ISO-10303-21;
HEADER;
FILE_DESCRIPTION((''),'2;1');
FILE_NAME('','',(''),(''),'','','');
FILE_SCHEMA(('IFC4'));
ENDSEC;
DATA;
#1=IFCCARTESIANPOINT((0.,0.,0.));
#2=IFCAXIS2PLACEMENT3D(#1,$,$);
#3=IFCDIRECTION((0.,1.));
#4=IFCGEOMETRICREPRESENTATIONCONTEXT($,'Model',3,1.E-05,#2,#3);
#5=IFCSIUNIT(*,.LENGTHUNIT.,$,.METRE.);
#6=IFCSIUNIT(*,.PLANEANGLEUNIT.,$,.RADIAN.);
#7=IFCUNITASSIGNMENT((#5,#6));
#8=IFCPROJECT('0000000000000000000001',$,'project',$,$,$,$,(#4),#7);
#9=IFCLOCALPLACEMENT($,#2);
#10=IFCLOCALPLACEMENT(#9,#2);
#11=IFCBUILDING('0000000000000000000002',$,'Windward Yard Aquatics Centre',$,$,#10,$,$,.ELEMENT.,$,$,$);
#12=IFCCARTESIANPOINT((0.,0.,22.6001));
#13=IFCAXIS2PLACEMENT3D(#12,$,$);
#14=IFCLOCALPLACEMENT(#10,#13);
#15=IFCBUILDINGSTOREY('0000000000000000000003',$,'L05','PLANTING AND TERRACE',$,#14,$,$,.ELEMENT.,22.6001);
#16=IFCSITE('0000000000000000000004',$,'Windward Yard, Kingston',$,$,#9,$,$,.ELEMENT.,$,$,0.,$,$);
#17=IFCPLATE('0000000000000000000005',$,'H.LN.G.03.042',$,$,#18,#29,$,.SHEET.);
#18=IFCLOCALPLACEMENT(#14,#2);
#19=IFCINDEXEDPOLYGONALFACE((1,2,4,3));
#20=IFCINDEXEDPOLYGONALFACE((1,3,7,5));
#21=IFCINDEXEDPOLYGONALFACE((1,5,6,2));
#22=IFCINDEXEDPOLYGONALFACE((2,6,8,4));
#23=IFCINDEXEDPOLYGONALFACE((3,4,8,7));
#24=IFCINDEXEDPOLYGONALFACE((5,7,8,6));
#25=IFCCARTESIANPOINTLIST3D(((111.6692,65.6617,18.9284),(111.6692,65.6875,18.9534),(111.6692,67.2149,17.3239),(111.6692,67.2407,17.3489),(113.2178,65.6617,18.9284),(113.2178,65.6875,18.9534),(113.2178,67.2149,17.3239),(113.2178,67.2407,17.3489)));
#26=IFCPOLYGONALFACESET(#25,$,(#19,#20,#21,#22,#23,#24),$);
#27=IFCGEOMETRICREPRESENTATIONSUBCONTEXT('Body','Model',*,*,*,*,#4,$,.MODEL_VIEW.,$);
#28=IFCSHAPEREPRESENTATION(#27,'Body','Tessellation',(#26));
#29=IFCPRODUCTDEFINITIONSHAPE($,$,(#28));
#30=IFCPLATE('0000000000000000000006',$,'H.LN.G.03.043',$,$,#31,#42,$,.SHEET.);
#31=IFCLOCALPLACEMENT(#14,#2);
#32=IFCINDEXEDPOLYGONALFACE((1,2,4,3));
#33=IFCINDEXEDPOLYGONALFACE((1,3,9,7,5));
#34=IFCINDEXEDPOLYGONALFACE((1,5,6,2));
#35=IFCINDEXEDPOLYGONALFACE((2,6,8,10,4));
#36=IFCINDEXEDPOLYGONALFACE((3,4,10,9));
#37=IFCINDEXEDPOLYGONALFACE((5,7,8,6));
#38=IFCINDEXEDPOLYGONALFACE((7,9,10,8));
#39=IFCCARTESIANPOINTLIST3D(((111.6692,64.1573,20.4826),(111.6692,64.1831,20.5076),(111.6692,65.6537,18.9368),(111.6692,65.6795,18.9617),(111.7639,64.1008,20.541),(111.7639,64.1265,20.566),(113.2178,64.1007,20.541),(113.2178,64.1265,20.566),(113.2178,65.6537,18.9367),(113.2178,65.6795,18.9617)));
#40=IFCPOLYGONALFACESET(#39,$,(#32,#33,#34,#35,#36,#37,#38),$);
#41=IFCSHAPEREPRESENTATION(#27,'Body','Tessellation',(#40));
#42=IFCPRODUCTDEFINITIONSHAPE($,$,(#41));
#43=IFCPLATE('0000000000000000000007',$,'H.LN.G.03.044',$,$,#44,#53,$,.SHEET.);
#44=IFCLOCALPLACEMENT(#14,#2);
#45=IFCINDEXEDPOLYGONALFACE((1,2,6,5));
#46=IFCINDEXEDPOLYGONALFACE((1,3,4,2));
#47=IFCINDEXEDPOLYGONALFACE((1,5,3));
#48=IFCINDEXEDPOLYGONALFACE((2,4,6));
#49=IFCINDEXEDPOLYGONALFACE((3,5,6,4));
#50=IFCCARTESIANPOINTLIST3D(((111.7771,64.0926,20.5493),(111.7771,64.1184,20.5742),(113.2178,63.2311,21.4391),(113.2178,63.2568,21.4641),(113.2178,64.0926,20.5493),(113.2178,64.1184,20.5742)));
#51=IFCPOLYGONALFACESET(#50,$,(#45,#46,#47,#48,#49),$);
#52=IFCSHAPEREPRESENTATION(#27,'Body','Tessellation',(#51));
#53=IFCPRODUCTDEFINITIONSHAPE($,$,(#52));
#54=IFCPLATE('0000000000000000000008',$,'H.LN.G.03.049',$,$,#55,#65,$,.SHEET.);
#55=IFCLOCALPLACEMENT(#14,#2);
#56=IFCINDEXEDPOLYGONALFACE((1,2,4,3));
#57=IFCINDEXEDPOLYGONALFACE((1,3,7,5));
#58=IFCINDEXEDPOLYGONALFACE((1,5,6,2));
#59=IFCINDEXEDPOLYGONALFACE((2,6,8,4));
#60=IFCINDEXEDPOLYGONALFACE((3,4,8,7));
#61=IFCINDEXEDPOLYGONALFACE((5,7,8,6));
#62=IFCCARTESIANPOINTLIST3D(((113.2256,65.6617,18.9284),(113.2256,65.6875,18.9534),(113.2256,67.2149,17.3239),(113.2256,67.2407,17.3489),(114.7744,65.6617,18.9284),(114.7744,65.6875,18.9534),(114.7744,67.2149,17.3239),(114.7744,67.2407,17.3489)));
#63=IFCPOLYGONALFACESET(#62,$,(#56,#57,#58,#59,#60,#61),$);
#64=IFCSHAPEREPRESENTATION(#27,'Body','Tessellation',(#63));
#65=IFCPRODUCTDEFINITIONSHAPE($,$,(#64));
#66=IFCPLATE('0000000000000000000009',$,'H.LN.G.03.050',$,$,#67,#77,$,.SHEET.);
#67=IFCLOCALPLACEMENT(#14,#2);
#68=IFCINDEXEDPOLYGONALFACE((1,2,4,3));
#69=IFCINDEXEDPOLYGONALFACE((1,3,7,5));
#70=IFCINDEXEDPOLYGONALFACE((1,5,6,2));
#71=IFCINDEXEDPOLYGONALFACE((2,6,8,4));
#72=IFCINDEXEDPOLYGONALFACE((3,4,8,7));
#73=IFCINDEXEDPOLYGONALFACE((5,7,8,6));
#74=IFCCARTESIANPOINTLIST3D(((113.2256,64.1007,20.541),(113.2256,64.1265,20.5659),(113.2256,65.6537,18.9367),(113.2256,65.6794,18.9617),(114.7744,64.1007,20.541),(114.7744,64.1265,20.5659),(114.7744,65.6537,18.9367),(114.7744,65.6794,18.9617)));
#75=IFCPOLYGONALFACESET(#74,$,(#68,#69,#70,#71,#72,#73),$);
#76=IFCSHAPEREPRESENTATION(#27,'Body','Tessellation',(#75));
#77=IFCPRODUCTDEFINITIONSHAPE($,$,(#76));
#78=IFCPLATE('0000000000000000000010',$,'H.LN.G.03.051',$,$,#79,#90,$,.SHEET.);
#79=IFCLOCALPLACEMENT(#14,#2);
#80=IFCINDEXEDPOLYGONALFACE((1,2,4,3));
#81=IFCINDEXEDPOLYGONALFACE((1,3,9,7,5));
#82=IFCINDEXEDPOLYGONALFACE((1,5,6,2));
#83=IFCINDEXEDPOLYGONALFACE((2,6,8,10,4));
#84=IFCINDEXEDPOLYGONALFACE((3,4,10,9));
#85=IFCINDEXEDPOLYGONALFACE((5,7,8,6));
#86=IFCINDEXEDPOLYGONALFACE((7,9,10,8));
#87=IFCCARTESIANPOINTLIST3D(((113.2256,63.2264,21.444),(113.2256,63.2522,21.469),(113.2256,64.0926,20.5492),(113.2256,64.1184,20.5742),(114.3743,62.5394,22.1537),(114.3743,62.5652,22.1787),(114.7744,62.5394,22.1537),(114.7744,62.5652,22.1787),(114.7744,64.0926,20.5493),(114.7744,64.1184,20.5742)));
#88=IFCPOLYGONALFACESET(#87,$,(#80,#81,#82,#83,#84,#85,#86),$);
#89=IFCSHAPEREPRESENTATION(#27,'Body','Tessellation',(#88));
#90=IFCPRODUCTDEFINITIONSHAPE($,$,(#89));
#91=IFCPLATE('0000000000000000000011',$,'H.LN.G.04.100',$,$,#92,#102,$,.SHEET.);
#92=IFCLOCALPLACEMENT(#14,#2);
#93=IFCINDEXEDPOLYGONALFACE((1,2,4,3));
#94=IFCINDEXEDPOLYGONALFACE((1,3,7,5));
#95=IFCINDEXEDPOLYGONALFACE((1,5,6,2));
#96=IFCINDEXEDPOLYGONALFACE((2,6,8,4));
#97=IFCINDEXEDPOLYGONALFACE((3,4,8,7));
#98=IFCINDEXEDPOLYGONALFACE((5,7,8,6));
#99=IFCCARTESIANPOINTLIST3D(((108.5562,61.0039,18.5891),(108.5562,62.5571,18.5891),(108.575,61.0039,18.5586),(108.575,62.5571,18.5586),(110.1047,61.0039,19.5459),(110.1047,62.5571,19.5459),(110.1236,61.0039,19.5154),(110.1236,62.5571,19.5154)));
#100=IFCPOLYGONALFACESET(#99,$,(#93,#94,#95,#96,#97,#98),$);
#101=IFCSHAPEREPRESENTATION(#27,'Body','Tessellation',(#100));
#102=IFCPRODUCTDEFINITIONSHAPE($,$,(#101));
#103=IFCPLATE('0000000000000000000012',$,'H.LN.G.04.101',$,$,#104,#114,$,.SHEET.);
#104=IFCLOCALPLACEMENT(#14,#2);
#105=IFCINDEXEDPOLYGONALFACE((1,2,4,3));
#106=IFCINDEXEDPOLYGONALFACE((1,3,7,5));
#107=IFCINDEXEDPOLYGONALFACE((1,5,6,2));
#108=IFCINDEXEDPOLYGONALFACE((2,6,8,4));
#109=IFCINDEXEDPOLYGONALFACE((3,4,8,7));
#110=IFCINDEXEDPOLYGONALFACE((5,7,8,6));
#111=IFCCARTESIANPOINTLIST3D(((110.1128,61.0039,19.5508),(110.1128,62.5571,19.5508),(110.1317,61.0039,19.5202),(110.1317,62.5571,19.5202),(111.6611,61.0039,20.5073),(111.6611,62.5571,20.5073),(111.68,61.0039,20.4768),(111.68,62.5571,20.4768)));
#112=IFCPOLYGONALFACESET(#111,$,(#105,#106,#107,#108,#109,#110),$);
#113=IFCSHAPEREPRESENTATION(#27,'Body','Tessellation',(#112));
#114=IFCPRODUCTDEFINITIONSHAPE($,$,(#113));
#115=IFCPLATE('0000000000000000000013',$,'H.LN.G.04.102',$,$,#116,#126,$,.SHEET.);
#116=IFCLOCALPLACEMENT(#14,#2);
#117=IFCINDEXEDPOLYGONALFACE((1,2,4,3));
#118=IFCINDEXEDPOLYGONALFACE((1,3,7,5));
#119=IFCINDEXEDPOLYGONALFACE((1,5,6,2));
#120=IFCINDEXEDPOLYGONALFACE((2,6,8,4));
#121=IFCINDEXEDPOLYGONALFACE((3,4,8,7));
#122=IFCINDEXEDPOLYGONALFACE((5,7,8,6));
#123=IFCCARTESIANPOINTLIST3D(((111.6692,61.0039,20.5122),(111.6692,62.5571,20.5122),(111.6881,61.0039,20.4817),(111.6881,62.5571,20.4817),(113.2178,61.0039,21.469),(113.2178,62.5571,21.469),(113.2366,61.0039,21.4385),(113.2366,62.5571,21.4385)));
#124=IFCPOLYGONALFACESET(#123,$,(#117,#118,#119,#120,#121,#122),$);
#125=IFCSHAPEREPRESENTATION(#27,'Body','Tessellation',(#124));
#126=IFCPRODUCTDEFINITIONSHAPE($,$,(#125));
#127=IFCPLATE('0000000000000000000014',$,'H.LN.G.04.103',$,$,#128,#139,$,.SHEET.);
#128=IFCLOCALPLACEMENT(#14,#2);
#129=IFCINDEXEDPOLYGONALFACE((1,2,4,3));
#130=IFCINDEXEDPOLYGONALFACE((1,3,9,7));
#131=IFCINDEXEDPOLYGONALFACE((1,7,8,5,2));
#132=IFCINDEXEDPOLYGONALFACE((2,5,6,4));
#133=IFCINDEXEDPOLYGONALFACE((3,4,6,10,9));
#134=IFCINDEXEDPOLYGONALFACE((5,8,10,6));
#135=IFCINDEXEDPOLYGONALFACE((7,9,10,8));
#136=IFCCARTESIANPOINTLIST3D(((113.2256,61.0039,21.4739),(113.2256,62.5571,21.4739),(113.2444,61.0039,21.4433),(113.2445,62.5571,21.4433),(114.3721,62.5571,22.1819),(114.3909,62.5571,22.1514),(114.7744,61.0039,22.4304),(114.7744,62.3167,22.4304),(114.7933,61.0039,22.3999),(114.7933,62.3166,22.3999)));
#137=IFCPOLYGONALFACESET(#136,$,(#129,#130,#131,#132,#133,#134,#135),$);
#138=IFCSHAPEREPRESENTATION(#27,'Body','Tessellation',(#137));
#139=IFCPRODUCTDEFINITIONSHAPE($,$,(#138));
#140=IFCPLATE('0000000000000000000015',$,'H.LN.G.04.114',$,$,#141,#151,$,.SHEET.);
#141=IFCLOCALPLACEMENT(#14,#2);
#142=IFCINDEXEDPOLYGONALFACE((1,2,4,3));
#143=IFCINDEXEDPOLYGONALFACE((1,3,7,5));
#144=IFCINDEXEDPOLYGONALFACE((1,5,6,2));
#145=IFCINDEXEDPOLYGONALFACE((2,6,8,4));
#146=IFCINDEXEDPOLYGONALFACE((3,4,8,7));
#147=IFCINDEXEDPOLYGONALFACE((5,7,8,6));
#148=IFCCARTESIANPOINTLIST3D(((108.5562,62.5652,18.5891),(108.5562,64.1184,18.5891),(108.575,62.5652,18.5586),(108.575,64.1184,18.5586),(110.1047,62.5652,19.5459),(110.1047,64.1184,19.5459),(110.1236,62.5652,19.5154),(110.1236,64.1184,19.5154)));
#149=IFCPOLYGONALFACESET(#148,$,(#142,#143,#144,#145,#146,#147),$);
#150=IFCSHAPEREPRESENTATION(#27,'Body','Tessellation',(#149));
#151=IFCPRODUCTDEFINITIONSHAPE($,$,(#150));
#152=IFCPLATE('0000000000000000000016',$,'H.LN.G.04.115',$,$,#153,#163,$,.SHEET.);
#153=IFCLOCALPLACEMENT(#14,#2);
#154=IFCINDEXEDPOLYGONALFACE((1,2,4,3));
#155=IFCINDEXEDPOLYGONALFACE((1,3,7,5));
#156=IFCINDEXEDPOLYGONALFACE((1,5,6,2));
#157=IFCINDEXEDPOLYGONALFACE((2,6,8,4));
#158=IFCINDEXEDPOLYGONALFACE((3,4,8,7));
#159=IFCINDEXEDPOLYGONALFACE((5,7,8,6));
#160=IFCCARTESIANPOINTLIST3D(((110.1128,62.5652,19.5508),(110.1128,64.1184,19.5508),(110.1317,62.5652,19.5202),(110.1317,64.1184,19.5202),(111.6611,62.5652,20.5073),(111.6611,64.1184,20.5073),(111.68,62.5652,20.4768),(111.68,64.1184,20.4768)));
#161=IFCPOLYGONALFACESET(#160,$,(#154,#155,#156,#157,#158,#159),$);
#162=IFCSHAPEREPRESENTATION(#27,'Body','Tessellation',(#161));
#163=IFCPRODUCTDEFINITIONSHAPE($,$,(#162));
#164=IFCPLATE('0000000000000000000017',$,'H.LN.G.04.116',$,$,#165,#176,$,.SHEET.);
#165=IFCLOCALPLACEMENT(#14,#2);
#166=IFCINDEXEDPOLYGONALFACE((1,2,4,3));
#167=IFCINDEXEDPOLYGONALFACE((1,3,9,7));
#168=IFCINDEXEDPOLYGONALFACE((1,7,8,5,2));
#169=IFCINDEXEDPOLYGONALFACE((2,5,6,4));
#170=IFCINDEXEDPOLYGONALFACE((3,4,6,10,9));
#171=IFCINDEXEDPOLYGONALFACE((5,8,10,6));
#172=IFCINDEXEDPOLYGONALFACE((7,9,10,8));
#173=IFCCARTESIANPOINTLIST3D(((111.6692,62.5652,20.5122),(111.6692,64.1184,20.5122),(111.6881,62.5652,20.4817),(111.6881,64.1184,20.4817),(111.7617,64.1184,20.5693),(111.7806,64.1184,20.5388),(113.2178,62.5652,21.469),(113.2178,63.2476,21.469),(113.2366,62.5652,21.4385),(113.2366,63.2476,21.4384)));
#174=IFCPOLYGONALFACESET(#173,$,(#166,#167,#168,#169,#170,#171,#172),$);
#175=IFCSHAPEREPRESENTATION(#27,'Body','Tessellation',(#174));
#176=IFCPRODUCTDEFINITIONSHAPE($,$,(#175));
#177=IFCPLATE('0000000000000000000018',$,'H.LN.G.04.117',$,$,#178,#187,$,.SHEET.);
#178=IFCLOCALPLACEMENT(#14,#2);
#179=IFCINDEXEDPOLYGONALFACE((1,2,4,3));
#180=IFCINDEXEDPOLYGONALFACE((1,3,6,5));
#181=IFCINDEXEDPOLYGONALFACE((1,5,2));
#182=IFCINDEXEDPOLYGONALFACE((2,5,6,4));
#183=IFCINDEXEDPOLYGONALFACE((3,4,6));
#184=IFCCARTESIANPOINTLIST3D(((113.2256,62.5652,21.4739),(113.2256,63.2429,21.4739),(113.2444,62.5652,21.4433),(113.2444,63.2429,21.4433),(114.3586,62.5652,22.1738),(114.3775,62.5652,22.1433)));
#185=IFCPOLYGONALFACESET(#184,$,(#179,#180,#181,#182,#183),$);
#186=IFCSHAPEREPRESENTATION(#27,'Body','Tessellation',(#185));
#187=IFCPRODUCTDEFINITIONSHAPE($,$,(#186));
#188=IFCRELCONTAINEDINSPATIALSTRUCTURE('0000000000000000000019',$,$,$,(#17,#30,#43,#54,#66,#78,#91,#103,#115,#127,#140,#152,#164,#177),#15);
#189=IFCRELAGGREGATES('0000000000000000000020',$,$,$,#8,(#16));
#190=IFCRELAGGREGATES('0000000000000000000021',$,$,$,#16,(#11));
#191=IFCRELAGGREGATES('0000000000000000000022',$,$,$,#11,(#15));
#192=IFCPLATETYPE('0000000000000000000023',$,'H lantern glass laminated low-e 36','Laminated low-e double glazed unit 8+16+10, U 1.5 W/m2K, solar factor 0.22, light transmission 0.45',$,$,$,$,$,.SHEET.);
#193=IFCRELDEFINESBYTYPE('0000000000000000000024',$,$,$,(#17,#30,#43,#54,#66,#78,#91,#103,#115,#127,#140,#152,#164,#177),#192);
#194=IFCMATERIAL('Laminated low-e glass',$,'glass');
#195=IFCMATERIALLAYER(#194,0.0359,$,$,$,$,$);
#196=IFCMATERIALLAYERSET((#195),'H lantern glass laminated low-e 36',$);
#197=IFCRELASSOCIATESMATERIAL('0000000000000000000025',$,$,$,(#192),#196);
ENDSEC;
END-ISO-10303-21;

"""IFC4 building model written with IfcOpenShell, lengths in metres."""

from ifc_helpers import new_model, si_unit, direction, frame, origin, place, context, subcontext, project, spatial, polyline, outline, extrude, material, layer, layer_set, type_object, element, save


model = new_model("IFC4")

# Units and contexts
model_context = context("Model", 3, precision=1e-05, world=origin(), true_north=direction((0.0, 1.0)))
body_context = subcontext(model_context, "Body", "Model", "MODEL_VIEW")
ifc_project = project(units=[si_unit("LENGTHUNIT", "METRE"), si_unit("PLANEANGLEUNIT", "RADIAN")], contexts=[model_context])

# Site, building, storey
site_placement = place(None, origin())
site = spatial("IfcSite", under=ifc_project, at=site_placement, Name="Windward Yard, Kingston", CompositionType="ELEMENT", RefElevation=0.0)
building_placement = place(site_placement, origin())
building = spatial("IfcBuilding", under=site, at=building_placement, Name="Windward Yard Aquatics Centre", CompositionType="ELEMENT")
storey_placement = place(building_placement, frame((0.0, 0.0, 22.6001)))
storey = spatial("IfcBuildingStorey", under=building, at=storey_placement, Name="L05", Description="PLANTING AND TERRACE", CompositionType="ELEMENT", Elevation=22.6001)

# Plates
ifc_material_1 = material(Name="Laminated low-e glass", Category="glass")
ifc_layer = layer(ifc_material_1, 0.0359)
ifc_layer_set = layer_set([ifc_layer], Name="H lantern glass laminated low-e 36")
plate_type = type_object("IfcPlateType", Name="H lantern glass laminated low-e 36", Description="Laminated low-e double glazed unit 8+16+10, U 1.5 W/m2K, solar factor 0.22, light transmission 0.45", PredefinedType="SHEET", material=ifc_layer_set)
plate_1_placement = place(storey_placement, frame((111.6692, 65.6875, 18.9534), z_axis=(0.0, 0.718493, 0.695534), x_axis=(0.0, 0.695534, -0.718493)))
element("IfcPlate", 1, at=plate_1_placement, inside=storey, type_object=plate_type, Name="H.LN.G.03.042", PredefinedType="SHEET", context=body_context, shape_type="SweptSolid", body=[
    extrude(outline(polyline([(0.0, 0.0), (2.2331, 0.0), (2.2331, -1.5486), (0.0, -1.5486), (0.0, 0.0)])), origin(), (0.0, 0.0, -1.0), 0.0359),
])
plate_2_placement = place(storey_placement, frame((111.6692, 64.1831, 20.5076), z_axis=(0.000036, 0.718496, 0.695531), x_axis=(0.0, 0.695531, -0.718496)))
element("IfcPlate", 2, at=plate_2_placement, inside=storey, type_object=plate_type, Name="H.LN.G.03.043", PredefinedType="SHEET", context=body_context, shape_type="SweptSolid", body=[
    extrude(outline(polyline([(0.0, 0.0), (2.1515, 0.0), (2.1515, -1.5486), (-0.0813, -1.5486), (-0.0813, -0.0947), (0.0, 0.0)])), origin(), (0.0, 0.0, -1.0), 0.0359),
])
plate_3_placement = place(storey_placement, frame((111.7771, 64.1184, 20.5742), z_axis=(0.0, 0.718446, 0.695582), x_axis=(1.0, 0.0, 0.0)))
element("IfcPlate", 3, at=plate_3_placement, inside=storey, type_object=plate_type, Name="H.LN.G.03.044", PredefinedType="SHEET", context=body_context, shape_type="SweptSolid", body=[
    extrude(outline(polyline([(0.0, 0.0), (1.4407, 0.0), (1.4407, -1.2386), (0.0, 0.0)])), origin(), (0.0, 0.0, -1.0), 0.0359),
])
plate_4_placement = place(storey_placement, frame((113.2256, 65.6875, 18.9534), z_axis=(0.0, 0.718493, 0.695534), x_axis=(0.0, 0.695534, -0.718493)))
element("IfcPlate", 4, at=plate_4_placement, inside=storey, type_object=plate_type, Name="H.LN.G.03.049", PredefinedType="SHEET", context=body_context, shape_type="SweptSolid", body=[
    extrude(outline(polyline([(0.0, 0.0), (2.2331, 0.0), (2.2331, -1.5488), (0.0, -1.5488), (0.0, 0.0)])), origin(), (0.0, 0.0, -1.0), 0.0359),
])
plate_5_placement = place(storey_placement, frame((113.2256, 64.1265, 20.5659), z_axis=(0.0, 0.718495, 0.695533), x_axis=(0.0, 0.695533, -0.718495)))
element("IfcPlate", 5, at=plate_5_placement, inside=storey, type_object=plate_type, Name="H.LN.G.03.050", PredefinedType="SHEET", context=body_context, shape_type="SweptSolid", body=[
    extrude(outline(polyline([(0.0, 0.0), (2.2328, 0.0), (2.2328, -1.5488), (0.0, -1.5488), (0.0, 0.0)])), origin(), (0.0, 0.0, -1.0), 0.0359),
])
plate_6_placement = place(storey_placement, frame((113.2256, 63.2522, 21.469), z_axis=(-0.000007, 0.71849, 0.695537), x_axis=(0.0, 0.695537, -0.71849)))
element("IfcPlate", 6, at=plate_6_placement, inside=storey, type_object=plate_type, Name="H.LN.G.03.051", PredefinedType="SHEET", context=body_context, shape_type="SweptSolid", body=[
    extrude(outline(polyline([(0.0, 0.0), (1.2454, 0.0), (1.2454, -1.5488), (-0.9878, -1.5488), (-0.9878, -1.1487), (0.0, 0.0)])), origin(), (0.0, 0.0, -1.0), 0.0359),
])
plate_7_placement = place(storey_placement, frame((108.5562, 61.0039, 18.5891), z_axis=(-0.525616, 0.0, 0.850722), x_axis=(0.0, 1.0, 0.0)))
element("IfcPlate", 7, at=plate_7_placement, inside=storey, type_object=plate_type, Name="H.LN.G.04.100", PredefinedType="SHEET", context=body_context, shape_type="SweptSolid", body=[
    extrude(outline(polyline([(0.0, 0.0), (1.5532, 0.0), (1.5532, -1.8203), (0.0, -1.8203), (0.0, 0.0)])), origin(), (0.0, 0.0, -1.0), 0.0359),
])
plate_8_placement = place(storey_placement, frame((110.1128, 61.0039, 19.5508), z_axis=(-0.525579, 0.0, 0.850745), x_axis=(0.0, 1.0, 0.0)))
element("IfcPlate", 8, at=plate_8_placement, inside=storey, type_object=plate_type, Name="H.LN.G.04.101", PredefinedType="SHEET", context=body_context, shape_type="SweptSolid", body=[
    extrude(outline(polyline([(0.0, 0.0), (1.5532, 0.0), (1.5532, -1.82), (0.0, -1.82), (0.0, 0.0)])), origin(), (0.0, 0.0, -1.0), 0.0359),
])
plate_9_placement = place(storey_placement, frame((111.6692, 61.0039, 20.5122), z_axis=(-0.525616, 0.0, 0.850722), x_axis=(0.0, 1.0, 0.0)))
element("IfcPlate", 9, at=plate_9_placement, inside=storey, type_object=plate_type, Name="H.LN.G.04.102", PredefinedType="SHEET", context=body_context, shape_type="SweptSolid", body=[
    extrude(outline(polyline([(0.0, 0.0), (1.5532, 0.0), (1.5532, -1.8203), (0.0, -1.8203), (0.0, 0.0)])), origin(), (0.0, 0.0, -1.0), 0.0359),
])
plate_10_placement = place(storey_placement, frame((113.2256, 61.0039, 21.4739), z_axis=(-0.525457, 0.000014, 0.85082), x_axis=(0.000008, 1.0, -0.000012)))
element("IfcPlate", 10, at=plate_10_placement, inside=storey, type_object=plate_type, Name="H.LN.G.04.103", PredefinedType="SHEET", context=body_context, shape_type="SweptSolid", body=[
    extrude(outline(polyline([(0.0, 0.0), (1.5532, 0.0), (1.5532, -1.3475), (1.3127, -1.8204), (0.0, -1.8204), (0.0, 0.0)])), origin(), (0.0, 0.0, -1.0), 0.0359),
])
plate_11_placement = place(storey_placement, frame((108.5562, 62.5652, 18.5891), z_axis=(-0.525616, 0.0, 0.850722), x_axis=(0.0, 1.0, 0.0)))
element("IfcPlate", 11, at=plate_11_placement, inside=storey, type_object=plate_type, Name="H.LN.G.04.114", PredefinedType="SHEET", context=body_context, shape_type="SweptSolid", body=[
    extrude(outline(polyline([(0.0, 0.0), (1.5532, 0.0), (1.5532, -1.8203), (0.0, -1.8203), (0.0, 0.0)])), origin(), (0.0, 0.0, -1.0), 0.0359),
])
plate_12_placement = place(storey_placement, frame((110.1128, 62.5652, 19.5508), z_axis=(-0.525579, 0.0, 0.850745), x_axis=(0.0, 1.0, 0.0)))
element("IfcPlate", 12, at=plate_12_placement, inside=storey, type_object=plate_type, Name="H.LN.G.04.115", PredefinedType="SHEET", context=body_context, shape_type="SweptSolid", body=[
    extrude(outline(polyline([(0.0, 0.0), (1.5532, 0.0), (1.5532, -1.82), (0.0, -1.82), (0.0, 0.0)])), origin(), (0.0, 0.0, -1.0), 0.0359),
])
plate_13_placement = place(storey_placement, frame((111.6692, 62.5652, 20.5122), z_axis=(-0.52561, 0.000015, 0.850726), x_axis=(0.000008, 1.0, -0.000013)))
element("IfcPlate", 13, at=plate_13_placement, inside=storey, type_object=plate_type, Name="H.LN.G.04.116", PredefinedType="SHEET", context=body_context, shape_type="SweptSolid", body=[
    extrude(outline(polyline([(0.0, 0.0), (1.5532, 0.0), (1.5532, -0.1087), (0.6824, -1.8203), (0.0, -1.8203), (0.0, 0.0)])), origin(), (0.0, 0.0, -1.0), 0.0359),
])
plate_14_placement = place(storey_placement, frame((113.2256, 62.5652, 21.4739), z_axis=(-0.525559, 0.0, 0.850757), x_axis=(0.0, 1.0, 0.0)))
element("IfcPlate", 14, at=plate_14_placement, inside=storey, type_object=plate_type, Name="H.LN.G.04.117", PredefinedType="SHEET", context=body_context, shape_type="SweptSolid", body=[
    extrude(outline(polyline([(0.0, 0.0), (0.6777, 0.0), (0.0, -1.3318), (0.0, 0.0)])), origin(), (0.0, 0.0, -1.0), 0.0359),
])

save(model, "model.ifc")
